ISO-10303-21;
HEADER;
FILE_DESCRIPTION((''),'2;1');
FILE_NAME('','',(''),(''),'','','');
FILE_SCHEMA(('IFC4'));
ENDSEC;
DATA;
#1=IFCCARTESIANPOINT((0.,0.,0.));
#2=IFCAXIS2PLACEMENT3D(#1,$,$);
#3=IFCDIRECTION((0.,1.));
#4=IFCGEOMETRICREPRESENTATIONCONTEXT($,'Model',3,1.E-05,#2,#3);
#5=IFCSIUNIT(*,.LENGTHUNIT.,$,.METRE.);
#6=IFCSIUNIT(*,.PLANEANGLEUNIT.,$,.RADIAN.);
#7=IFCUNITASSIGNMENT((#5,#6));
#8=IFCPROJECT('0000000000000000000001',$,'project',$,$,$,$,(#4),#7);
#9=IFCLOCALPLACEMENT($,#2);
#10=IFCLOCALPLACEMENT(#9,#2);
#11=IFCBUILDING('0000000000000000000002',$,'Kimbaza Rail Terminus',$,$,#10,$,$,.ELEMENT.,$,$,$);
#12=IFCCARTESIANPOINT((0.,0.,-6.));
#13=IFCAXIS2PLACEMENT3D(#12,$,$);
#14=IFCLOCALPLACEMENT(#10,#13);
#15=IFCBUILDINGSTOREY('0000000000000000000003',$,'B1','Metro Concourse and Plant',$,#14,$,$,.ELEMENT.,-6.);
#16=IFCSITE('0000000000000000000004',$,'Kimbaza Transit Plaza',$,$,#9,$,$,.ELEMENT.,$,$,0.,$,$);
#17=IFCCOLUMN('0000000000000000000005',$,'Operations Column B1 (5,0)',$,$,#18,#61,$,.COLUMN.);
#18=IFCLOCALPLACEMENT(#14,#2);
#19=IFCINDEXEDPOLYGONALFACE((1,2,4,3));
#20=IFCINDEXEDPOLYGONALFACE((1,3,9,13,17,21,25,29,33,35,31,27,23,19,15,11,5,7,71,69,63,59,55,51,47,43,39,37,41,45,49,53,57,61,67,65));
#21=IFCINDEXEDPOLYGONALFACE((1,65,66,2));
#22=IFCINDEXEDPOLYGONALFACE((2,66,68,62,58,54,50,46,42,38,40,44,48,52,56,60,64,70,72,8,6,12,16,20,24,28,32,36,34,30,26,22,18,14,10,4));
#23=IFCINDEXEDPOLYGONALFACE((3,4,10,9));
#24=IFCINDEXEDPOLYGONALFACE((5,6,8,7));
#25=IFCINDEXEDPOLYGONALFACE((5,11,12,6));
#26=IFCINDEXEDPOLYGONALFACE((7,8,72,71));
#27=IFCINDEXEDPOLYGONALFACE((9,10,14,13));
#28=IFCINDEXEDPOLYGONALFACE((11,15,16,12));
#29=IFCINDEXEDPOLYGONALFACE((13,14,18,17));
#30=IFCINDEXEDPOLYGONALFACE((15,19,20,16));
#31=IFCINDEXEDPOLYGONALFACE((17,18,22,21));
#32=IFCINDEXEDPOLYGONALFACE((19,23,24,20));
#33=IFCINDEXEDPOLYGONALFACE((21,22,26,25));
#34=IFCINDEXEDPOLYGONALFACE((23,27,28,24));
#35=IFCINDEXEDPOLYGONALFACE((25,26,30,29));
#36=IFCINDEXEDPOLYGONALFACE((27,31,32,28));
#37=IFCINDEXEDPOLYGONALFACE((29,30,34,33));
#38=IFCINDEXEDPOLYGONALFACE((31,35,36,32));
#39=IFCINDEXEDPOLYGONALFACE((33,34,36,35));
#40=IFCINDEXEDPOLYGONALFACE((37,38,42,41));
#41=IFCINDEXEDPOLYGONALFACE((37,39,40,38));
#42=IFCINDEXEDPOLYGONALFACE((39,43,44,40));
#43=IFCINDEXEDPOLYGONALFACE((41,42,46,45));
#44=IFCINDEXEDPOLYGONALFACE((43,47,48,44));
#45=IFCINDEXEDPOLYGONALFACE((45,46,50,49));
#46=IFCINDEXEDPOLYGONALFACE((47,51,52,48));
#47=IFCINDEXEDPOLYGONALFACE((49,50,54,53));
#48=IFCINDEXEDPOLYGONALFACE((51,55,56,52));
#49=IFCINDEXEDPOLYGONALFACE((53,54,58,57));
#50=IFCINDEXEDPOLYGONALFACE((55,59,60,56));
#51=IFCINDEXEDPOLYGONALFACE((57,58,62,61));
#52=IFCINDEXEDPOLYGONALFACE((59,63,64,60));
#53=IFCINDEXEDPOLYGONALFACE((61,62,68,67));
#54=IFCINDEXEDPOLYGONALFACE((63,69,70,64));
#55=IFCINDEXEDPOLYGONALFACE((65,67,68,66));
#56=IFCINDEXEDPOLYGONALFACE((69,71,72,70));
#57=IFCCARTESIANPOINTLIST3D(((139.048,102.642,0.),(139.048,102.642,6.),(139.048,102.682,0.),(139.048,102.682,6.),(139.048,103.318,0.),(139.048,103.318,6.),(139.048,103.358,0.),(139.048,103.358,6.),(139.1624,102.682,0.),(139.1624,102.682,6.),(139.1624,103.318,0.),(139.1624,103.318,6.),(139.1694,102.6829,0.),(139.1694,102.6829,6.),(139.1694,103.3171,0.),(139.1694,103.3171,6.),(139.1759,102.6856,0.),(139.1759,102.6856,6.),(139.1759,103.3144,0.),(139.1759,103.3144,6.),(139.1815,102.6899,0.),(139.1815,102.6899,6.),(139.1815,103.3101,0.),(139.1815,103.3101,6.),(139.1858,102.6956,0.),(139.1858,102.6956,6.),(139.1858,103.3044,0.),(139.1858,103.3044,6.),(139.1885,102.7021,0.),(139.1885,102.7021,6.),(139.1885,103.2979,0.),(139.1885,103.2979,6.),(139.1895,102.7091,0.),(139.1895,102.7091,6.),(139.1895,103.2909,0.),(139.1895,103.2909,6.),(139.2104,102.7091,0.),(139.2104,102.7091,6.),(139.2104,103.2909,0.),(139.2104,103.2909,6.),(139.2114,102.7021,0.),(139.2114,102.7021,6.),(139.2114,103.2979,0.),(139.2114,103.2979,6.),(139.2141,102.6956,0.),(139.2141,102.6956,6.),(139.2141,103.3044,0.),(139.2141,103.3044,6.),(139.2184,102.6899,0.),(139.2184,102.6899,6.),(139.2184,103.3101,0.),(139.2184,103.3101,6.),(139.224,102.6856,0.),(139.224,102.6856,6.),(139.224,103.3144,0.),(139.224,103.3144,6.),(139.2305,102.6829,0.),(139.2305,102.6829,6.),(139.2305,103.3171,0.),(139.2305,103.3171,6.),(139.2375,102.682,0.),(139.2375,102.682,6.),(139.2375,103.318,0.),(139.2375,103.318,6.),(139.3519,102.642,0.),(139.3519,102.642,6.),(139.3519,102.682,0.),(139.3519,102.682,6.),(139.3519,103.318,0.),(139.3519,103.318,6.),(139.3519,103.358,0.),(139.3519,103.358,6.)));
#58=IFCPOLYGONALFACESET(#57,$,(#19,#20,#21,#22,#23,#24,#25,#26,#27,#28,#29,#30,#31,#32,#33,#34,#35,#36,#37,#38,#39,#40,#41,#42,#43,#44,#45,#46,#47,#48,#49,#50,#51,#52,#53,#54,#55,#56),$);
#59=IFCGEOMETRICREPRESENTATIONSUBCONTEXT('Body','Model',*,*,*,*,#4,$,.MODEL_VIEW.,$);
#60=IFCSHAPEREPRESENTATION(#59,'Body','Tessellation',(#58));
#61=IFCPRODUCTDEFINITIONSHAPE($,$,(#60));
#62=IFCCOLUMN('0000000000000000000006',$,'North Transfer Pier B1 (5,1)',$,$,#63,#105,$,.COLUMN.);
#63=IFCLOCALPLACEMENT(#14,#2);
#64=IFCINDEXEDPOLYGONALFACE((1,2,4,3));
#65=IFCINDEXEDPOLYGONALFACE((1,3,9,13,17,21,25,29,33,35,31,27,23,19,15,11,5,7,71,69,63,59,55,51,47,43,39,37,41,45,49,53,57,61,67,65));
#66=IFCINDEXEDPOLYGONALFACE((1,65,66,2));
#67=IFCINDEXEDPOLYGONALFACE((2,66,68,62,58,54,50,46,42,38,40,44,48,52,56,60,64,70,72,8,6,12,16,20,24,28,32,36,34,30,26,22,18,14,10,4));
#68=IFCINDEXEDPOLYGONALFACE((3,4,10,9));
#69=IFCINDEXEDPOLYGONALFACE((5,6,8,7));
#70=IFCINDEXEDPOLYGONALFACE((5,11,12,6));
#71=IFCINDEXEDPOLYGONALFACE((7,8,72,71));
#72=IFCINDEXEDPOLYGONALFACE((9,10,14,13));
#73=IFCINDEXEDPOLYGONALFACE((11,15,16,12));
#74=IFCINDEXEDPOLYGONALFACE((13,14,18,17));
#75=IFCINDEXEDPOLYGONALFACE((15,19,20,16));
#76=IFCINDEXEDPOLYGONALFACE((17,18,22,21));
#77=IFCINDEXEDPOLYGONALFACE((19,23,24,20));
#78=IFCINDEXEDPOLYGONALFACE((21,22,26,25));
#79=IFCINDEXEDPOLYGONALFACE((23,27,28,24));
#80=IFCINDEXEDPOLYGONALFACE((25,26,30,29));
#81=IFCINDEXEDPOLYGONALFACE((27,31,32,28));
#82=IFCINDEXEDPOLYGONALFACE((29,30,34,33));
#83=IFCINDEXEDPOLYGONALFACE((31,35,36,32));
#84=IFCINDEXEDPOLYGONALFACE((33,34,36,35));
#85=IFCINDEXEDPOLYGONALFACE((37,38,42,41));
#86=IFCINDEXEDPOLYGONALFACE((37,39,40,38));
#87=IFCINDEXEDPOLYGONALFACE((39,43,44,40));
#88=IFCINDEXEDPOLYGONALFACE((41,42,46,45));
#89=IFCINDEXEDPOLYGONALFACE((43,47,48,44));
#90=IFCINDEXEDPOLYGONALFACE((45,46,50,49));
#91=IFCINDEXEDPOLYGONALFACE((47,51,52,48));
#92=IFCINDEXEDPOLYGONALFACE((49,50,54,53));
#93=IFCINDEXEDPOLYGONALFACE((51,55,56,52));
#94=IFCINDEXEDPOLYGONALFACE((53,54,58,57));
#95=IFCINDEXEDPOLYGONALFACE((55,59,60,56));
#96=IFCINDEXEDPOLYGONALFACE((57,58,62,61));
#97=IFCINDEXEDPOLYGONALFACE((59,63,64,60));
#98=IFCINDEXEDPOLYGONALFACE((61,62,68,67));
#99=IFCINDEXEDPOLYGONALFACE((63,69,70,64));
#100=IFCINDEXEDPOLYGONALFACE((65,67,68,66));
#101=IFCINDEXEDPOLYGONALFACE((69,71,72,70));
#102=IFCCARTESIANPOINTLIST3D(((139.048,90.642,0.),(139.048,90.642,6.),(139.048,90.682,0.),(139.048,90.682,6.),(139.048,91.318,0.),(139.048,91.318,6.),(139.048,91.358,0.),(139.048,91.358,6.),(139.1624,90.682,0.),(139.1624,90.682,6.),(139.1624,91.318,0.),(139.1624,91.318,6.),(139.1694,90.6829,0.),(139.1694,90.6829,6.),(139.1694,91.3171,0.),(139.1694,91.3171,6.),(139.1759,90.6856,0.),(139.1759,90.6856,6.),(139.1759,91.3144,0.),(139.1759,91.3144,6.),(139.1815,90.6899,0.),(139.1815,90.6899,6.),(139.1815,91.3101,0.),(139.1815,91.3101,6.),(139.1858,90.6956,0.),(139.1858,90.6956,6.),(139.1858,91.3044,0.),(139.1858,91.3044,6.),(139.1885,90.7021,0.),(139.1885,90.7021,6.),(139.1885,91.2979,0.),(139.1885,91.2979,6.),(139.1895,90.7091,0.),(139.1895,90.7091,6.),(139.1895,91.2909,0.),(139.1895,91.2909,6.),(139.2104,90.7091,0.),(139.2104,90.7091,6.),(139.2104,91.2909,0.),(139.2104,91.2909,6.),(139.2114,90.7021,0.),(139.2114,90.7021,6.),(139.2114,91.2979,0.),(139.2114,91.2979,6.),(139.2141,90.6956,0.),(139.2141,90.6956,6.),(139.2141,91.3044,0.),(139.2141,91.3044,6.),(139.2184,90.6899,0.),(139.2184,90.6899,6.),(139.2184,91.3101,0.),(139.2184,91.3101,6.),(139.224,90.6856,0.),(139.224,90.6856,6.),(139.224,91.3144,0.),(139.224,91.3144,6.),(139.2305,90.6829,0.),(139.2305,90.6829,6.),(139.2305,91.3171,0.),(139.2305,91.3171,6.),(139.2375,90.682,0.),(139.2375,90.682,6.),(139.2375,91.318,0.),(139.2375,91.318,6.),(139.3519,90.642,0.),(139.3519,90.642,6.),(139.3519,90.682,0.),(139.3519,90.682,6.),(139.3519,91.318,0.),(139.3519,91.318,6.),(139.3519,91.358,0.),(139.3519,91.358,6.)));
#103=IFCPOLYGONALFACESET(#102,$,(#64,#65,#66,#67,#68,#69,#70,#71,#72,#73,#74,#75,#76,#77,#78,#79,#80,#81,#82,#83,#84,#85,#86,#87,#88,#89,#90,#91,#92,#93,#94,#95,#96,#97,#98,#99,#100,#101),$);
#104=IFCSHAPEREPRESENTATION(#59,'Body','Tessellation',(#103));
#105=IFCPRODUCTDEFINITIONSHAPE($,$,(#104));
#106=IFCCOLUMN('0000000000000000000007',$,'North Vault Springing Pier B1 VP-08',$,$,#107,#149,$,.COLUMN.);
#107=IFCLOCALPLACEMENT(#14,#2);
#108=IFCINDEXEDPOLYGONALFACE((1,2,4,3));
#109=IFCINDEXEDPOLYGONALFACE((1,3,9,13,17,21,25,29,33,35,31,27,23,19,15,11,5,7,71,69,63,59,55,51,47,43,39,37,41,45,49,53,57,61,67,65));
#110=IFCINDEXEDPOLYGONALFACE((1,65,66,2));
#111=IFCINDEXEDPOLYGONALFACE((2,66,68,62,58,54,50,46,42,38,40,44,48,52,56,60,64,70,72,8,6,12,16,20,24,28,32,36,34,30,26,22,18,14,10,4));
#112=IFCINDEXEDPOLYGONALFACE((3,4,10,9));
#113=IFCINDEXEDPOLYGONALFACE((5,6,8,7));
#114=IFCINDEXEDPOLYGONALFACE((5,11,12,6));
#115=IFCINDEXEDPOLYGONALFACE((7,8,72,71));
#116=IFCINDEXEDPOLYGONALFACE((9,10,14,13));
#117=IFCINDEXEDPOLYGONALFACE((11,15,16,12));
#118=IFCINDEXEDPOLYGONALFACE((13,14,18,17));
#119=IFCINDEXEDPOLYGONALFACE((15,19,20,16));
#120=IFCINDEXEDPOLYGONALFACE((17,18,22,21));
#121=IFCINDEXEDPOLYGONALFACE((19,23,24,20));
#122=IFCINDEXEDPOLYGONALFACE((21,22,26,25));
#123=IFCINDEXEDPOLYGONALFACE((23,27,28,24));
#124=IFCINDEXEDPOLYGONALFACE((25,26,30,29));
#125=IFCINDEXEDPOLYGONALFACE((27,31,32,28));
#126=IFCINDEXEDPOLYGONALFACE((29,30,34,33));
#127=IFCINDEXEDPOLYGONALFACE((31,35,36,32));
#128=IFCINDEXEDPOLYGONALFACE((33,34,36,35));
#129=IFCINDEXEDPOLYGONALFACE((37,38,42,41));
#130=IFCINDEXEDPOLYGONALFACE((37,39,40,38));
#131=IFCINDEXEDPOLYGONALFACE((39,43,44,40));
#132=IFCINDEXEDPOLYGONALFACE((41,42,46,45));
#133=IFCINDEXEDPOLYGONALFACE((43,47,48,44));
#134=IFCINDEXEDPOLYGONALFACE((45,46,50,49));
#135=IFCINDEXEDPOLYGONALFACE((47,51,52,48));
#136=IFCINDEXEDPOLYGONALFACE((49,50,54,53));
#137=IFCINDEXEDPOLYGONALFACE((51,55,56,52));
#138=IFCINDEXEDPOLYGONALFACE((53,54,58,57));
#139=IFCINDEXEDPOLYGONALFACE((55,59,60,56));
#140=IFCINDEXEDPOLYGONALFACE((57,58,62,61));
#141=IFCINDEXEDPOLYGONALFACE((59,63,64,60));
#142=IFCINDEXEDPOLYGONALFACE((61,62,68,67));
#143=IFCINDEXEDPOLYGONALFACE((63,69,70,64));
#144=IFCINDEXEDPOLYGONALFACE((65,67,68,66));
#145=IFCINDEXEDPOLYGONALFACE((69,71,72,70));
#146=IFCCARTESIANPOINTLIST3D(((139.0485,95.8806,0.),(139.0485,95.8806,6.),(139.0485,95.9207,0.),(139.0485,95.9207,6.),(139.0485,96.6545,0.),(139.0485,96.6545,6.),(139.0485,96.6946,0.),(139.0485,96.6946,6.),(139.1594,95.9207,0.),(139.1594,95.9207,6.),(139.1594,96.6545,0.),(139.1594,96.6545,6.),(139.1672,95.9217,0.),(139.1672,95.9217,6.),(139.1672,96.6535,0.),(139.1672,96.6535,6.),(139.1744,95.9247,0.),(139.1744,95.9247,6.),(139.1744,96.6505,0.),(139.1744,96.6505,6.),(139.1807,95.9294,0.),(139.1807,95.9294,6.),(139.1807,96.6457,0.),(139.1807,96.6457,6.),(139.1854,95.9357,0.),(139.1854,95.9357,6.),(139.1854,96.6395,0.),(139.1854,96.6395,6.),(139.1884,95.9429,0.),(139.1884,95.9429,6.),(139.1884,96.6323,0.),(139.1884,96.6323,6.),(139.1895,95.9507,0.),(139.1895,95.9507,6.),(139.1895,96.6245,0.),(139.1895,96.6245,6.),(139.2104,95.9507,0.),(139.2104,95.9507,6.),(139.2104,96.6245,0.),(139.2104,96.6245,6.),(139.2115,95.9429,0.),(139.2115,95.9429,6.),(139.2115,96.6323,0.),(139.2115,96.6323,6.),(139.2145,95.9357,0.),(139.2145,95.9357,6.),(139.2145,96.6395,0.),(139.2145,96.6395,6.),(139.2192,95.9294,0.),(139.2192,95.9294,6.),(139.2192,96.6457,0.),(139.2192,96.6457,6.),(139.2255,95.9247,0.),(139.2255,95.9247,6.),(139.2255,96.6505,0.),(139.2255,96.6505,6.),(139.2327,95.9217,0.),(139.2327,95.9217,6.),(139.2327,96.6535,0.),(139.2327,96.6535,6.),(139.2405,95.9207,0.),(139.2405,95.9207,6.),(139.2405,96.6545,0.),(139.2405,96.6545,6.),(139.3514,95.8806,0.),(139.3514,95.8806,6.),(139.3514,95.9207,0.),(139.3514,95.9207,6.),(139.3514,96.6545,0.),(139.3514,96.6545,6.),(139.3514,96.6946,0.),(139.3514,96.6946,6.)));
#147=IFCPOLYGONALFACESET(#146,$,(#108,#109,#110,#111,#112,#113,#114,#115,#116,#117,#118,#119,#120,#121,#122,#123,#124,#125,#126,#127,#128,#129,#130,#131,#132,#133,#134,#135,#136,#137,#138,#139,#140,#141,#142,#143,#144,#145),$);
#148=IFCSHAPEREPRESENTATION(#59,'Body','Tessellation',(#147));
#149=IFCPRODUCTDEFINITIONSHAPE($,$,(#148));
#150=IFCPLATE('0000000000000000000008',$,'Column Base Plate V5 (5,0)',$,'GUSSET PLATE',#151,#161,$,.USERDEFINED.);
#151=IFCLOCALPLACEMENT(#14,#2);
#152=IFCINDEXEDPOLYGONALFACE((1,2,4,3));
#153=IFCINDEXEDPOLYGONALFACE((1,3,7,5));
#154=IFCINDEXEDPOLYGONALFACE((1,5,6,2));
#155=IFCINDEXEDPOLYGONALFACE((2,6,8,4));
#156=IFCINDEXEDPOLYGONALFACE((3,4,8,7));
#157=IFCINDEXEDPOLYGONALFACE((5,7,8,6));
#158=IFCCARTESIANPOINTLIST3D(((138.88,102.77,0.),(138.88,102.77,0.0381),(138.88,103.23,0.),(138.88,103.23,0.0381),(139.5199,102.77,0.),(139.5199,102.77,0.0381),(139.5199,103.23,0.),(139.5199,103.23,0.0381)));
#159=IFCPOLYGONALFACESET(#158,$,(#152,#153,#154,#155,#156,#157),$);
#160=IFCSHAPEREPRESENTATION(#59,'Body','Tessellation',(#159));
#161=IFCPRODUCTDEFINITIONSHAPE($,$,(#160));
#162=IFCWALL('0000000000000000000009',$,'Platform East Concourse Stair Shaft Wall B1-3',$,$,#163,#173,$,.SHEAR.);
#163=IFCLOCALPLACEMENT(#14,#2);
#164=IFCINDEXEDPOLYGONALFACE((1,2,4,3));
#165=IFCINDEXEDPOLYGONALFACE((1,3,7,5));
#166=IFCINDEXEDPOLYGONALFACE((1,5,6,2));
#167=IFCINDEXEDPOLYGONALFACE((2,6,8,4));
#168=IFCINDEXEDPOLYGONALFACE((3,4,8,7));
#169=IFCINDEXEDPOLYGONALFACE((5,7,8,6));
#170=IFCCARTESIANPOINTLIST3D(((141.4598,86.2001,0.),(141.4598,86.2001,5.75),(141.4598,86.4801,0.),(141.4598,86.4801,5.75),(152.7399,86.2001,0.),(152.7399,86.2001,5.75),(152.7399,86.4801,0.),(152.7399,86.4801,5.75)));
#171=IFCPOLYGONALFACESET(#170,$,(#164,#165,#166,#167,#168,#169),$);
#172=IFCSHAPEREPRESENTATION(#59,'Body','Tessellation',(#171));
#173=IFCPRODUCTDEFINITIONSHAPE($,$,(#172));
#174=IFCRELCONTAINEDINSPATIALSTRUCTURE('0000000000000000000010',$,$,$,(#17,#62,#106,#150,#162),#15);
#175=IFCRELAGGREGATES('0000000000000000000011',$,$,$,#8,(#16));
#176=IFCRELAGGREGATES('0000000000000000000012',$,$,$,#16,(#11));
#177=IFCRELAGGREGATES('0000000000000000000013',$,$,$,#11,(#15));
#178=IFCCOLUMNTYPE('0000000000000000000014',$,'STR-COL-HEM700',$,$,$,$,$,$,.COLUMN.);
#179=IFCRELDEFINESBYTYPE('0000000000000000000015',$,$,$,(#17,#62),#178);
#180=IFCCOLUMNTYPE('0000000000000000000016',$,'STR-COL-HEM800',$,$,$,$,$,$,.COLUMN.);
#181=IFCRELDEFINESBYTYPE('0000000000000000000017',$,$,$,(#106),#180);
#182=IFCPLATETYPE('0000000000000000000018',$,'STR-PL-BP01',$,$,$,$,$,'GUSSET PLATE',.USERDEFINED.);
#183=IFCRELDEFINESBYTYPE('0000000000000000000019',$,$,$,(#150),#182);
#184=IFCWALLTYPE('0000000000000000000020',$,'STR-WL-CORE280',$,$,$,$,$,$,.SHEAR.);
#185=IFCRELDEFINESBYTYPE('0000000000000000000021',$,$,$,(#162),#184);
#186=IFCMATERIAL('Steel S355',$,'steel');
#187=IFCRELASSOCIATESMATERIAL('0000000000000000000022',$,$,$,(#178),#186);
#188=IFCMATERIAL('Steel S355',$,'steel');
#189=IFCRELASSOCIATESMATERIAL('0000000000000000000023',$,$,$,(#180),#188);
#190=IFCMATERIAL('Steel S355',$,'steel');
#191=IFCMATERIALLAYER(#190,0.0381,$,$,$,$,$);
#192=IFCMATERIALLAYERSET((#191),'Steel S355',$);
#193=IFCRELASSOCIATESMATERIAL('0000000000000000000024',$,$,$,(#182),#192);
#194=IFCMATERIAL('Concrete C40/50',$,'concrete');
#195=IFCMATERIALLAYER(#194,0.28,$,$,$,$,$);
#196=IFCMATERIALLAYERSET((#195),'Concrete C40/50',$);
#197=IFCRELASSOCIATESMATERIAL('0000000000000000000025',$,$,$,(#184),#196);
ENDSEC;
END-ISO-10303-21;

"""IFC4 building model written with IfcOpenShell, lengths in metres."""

from ifc_helpers import new_model, si_unit, direction, frame, frame_2d, origin, origin_2d, place, context, subcontext, project, spatial, rectangle, i_section, extrude, material, layer, layer_set, material_profile, profile_set, type_object, element, save


model = new_model("IFC4")

# Units and contexts
model_context = context("Model", 3, precision=1e-05, world=origin(), true_north=direction((0.0, 1.0)))
body_context = subcontext(model_context, "Body", "Model", "MODEL_VIEW")
ifc_project = project(units=[si_unit("LENGTHUNIT", "METRE"), si_unit("PLANEANGLEUNIT", "RADIAN")], contexts=[model_context])

# Site, building, storey
site_placement = place(None, origin())
site = spatial("IfcSite", under=ifc_project, at=site_placement, Name="Kimbaza Transit Plaza", CompositionType="ELEMENT", RefElevation=0.0)
building_placement = place(site_placement, origin())
building = spatial("IfcBuilding", under=site, at=building_placement, Name="Kimbaza Rail Terminus", CompositionType="ELEMENT")
storey_placement = place(building_placement, frame((0.0, 0.0, -6.0)))
storey = spatial("IfcBuildingStorey", under=building, at=storey_placement, Name="B1", Description="Metro Concourse and Plant", CompositionType="ELEMENT", Elevation=-6.0)

# Columns
ifc_material_1 = material(Name="Steel S355", Category="steel")
ifc_material_profile_1 = material_profile(ifc_material_1, i_section(OverallWidth=0.304, OverallDepth=0.7161, WebThickness=0.021, FlangeThickness=0.04, FilletRadius=0.0271, at=origin_2d()), Name="HEM 700")
ifc_profile_set_1 = profile_set([ifc_material_profile_1], Name="Steel S355")
column_type_1 = type_object("IfcColumnType", Name="STR-COL-HEM700", PredefinedType="COLUMN", material=ifc_profile_set_1)
for number, where, z_axis, x_axis, name in (
    (1, (139.2, 103.0, 0.0), (0.0, 0.0, 1.0), (1.0, 0.0, 0.0), "Operations Column B1 (5,0)"),
    (2, (139.2, 91.0, 0.0), (0.0, 0.0, 1.0), (1.0, 0.0, 0.0), "North Transfer Pier B1 (5,1)"),
):
    element("IfcColumn", number, at=place(storey_placement, frame(where, z_axis=z_axis, x_axis=x_axis)), inside=storey, type_object=column_type_1, Name=name, PredefinedType="COLUMN", context=body_context, shape_type="SweptSolid", body=[
        extrude(i_section(OverallWidth=0.304, OverallDepth=0.7161, WebThickness=0.021, FlangeThickness=0.04, FilletRadius=0.0271, at=origin_2d()), origin(), (0.0, 0.0, 1.0), 6.0),
    ])
ifc_material_2 = material(Name="Steel S355", Category="steel")
ifc_material_profile_2 = material_profile(ifc_material_2, i_section(OverallWidth=0.303, OverallDepth=0.814, WebThickness=0.021, FlangeThickness=0.04, FilletRadius=0.03, at=origin_2d()), Name="HEM 800")
ifc_profile_set_2 = profile_set([ifc_material_profile_2], Name="Steel S355")
column_type_2 = type_object("IfcColumnType", Name="STR-COL-HEM800", PredefinedType="COLUMN", material=ifc_profile_set_2)
column_placement = place(storey_placement, frame((139.2, 96.2876, 0.0), z_axis=(0.0, 0.0, 1.0), x_axis=(1.0, 0.0, 0.0)))
element("IfcColumn", 3, at=column_placement, inside=storey, type_object=column_type_2, Name="North Vault Springing Pier B1 VP-08", PredefinedType="COLUMN", context=body_context, shape_type="SweptSolid", body=[
    extrude(i_section(OverallWidth=0.303, OverallDepth=0.814, WebThickness=0.021, FlangeThickness=0.04, FilletRadius=0.03, at=origin_2d()), origin(), (0.0, 0.0, 1.0), 6.0),
])

# Plate
ifc_material_3 = material(Name="Steel S355", Category="steel")
ifc_layer_1 = layer(ifc_material_3, 0.0381)
ifc_layer_set_1 = layer_set([ifc_layer_1], Name="Steel S355")
plate_type = type_object("IfcPlateType", Name="STR-PL-BP01", ElementType="GUSSET PLATE", PredefinedType="USERDEFINED", material=ifc_layer_set_1)
plate_placement = place(storey_placement, frame((139.2, 103.0, 0.0), z_axis=(0.0, 0.0, 1.0), x_axis=(1.0, 0.0, 0.0)))
element("IfcPlate", 4, at=plate_placement, inside=storey, type_object=plate_type, Name="Column Base Plate V5 (5,0)", ObjectType="GUSSET PLATE", PredefinedType="USERDEFINED", context=body_context, shape_type="SweptSolid", body=[
    extrude(rectangle(XDim=0.6399, YDim=0.46, at=origin_2d()), origin(), (0.0, 0.0, 1.0), 0.0381),
])

# Wall
ifc_material_4 = material(Name="Concrete C40/50", Category="concrete")
ifc_layer_2 = layer(ifc_material_4, 0.28)
ifc_layer_set_2 = layer_set([ifc_layer_2], Name="Concrete C40/50")
wall_type = type_object("IfcWallType", Name="STR-WL-CORE280", PredefinedType="SHEAR", material=ifc_layer_set_2)
wall_1_placement = place(storey_placement, frame((152.74, 86.3401, 0.0), z_axis=(0.0, 0.0, 1.0), x_axis=(-1.0, 0.0, 0.0)))
element("IfcWall", 5, at=wall_1_placement, inside=storey, type_object=wall_type, Name="Platform East Concourse Stair Shaft Wall B1-3", PredefinedType="SHEAR", context=body_context, shape_type="SweptSolid", body=[
    extrude(rectangle(XDim=11.28, YDim=0.28, at=frame_2d((5.6401, 0.0))), origin(), (0.0, 0.0, 1.0), 5.75),
])

save(model, "model.ifc")
